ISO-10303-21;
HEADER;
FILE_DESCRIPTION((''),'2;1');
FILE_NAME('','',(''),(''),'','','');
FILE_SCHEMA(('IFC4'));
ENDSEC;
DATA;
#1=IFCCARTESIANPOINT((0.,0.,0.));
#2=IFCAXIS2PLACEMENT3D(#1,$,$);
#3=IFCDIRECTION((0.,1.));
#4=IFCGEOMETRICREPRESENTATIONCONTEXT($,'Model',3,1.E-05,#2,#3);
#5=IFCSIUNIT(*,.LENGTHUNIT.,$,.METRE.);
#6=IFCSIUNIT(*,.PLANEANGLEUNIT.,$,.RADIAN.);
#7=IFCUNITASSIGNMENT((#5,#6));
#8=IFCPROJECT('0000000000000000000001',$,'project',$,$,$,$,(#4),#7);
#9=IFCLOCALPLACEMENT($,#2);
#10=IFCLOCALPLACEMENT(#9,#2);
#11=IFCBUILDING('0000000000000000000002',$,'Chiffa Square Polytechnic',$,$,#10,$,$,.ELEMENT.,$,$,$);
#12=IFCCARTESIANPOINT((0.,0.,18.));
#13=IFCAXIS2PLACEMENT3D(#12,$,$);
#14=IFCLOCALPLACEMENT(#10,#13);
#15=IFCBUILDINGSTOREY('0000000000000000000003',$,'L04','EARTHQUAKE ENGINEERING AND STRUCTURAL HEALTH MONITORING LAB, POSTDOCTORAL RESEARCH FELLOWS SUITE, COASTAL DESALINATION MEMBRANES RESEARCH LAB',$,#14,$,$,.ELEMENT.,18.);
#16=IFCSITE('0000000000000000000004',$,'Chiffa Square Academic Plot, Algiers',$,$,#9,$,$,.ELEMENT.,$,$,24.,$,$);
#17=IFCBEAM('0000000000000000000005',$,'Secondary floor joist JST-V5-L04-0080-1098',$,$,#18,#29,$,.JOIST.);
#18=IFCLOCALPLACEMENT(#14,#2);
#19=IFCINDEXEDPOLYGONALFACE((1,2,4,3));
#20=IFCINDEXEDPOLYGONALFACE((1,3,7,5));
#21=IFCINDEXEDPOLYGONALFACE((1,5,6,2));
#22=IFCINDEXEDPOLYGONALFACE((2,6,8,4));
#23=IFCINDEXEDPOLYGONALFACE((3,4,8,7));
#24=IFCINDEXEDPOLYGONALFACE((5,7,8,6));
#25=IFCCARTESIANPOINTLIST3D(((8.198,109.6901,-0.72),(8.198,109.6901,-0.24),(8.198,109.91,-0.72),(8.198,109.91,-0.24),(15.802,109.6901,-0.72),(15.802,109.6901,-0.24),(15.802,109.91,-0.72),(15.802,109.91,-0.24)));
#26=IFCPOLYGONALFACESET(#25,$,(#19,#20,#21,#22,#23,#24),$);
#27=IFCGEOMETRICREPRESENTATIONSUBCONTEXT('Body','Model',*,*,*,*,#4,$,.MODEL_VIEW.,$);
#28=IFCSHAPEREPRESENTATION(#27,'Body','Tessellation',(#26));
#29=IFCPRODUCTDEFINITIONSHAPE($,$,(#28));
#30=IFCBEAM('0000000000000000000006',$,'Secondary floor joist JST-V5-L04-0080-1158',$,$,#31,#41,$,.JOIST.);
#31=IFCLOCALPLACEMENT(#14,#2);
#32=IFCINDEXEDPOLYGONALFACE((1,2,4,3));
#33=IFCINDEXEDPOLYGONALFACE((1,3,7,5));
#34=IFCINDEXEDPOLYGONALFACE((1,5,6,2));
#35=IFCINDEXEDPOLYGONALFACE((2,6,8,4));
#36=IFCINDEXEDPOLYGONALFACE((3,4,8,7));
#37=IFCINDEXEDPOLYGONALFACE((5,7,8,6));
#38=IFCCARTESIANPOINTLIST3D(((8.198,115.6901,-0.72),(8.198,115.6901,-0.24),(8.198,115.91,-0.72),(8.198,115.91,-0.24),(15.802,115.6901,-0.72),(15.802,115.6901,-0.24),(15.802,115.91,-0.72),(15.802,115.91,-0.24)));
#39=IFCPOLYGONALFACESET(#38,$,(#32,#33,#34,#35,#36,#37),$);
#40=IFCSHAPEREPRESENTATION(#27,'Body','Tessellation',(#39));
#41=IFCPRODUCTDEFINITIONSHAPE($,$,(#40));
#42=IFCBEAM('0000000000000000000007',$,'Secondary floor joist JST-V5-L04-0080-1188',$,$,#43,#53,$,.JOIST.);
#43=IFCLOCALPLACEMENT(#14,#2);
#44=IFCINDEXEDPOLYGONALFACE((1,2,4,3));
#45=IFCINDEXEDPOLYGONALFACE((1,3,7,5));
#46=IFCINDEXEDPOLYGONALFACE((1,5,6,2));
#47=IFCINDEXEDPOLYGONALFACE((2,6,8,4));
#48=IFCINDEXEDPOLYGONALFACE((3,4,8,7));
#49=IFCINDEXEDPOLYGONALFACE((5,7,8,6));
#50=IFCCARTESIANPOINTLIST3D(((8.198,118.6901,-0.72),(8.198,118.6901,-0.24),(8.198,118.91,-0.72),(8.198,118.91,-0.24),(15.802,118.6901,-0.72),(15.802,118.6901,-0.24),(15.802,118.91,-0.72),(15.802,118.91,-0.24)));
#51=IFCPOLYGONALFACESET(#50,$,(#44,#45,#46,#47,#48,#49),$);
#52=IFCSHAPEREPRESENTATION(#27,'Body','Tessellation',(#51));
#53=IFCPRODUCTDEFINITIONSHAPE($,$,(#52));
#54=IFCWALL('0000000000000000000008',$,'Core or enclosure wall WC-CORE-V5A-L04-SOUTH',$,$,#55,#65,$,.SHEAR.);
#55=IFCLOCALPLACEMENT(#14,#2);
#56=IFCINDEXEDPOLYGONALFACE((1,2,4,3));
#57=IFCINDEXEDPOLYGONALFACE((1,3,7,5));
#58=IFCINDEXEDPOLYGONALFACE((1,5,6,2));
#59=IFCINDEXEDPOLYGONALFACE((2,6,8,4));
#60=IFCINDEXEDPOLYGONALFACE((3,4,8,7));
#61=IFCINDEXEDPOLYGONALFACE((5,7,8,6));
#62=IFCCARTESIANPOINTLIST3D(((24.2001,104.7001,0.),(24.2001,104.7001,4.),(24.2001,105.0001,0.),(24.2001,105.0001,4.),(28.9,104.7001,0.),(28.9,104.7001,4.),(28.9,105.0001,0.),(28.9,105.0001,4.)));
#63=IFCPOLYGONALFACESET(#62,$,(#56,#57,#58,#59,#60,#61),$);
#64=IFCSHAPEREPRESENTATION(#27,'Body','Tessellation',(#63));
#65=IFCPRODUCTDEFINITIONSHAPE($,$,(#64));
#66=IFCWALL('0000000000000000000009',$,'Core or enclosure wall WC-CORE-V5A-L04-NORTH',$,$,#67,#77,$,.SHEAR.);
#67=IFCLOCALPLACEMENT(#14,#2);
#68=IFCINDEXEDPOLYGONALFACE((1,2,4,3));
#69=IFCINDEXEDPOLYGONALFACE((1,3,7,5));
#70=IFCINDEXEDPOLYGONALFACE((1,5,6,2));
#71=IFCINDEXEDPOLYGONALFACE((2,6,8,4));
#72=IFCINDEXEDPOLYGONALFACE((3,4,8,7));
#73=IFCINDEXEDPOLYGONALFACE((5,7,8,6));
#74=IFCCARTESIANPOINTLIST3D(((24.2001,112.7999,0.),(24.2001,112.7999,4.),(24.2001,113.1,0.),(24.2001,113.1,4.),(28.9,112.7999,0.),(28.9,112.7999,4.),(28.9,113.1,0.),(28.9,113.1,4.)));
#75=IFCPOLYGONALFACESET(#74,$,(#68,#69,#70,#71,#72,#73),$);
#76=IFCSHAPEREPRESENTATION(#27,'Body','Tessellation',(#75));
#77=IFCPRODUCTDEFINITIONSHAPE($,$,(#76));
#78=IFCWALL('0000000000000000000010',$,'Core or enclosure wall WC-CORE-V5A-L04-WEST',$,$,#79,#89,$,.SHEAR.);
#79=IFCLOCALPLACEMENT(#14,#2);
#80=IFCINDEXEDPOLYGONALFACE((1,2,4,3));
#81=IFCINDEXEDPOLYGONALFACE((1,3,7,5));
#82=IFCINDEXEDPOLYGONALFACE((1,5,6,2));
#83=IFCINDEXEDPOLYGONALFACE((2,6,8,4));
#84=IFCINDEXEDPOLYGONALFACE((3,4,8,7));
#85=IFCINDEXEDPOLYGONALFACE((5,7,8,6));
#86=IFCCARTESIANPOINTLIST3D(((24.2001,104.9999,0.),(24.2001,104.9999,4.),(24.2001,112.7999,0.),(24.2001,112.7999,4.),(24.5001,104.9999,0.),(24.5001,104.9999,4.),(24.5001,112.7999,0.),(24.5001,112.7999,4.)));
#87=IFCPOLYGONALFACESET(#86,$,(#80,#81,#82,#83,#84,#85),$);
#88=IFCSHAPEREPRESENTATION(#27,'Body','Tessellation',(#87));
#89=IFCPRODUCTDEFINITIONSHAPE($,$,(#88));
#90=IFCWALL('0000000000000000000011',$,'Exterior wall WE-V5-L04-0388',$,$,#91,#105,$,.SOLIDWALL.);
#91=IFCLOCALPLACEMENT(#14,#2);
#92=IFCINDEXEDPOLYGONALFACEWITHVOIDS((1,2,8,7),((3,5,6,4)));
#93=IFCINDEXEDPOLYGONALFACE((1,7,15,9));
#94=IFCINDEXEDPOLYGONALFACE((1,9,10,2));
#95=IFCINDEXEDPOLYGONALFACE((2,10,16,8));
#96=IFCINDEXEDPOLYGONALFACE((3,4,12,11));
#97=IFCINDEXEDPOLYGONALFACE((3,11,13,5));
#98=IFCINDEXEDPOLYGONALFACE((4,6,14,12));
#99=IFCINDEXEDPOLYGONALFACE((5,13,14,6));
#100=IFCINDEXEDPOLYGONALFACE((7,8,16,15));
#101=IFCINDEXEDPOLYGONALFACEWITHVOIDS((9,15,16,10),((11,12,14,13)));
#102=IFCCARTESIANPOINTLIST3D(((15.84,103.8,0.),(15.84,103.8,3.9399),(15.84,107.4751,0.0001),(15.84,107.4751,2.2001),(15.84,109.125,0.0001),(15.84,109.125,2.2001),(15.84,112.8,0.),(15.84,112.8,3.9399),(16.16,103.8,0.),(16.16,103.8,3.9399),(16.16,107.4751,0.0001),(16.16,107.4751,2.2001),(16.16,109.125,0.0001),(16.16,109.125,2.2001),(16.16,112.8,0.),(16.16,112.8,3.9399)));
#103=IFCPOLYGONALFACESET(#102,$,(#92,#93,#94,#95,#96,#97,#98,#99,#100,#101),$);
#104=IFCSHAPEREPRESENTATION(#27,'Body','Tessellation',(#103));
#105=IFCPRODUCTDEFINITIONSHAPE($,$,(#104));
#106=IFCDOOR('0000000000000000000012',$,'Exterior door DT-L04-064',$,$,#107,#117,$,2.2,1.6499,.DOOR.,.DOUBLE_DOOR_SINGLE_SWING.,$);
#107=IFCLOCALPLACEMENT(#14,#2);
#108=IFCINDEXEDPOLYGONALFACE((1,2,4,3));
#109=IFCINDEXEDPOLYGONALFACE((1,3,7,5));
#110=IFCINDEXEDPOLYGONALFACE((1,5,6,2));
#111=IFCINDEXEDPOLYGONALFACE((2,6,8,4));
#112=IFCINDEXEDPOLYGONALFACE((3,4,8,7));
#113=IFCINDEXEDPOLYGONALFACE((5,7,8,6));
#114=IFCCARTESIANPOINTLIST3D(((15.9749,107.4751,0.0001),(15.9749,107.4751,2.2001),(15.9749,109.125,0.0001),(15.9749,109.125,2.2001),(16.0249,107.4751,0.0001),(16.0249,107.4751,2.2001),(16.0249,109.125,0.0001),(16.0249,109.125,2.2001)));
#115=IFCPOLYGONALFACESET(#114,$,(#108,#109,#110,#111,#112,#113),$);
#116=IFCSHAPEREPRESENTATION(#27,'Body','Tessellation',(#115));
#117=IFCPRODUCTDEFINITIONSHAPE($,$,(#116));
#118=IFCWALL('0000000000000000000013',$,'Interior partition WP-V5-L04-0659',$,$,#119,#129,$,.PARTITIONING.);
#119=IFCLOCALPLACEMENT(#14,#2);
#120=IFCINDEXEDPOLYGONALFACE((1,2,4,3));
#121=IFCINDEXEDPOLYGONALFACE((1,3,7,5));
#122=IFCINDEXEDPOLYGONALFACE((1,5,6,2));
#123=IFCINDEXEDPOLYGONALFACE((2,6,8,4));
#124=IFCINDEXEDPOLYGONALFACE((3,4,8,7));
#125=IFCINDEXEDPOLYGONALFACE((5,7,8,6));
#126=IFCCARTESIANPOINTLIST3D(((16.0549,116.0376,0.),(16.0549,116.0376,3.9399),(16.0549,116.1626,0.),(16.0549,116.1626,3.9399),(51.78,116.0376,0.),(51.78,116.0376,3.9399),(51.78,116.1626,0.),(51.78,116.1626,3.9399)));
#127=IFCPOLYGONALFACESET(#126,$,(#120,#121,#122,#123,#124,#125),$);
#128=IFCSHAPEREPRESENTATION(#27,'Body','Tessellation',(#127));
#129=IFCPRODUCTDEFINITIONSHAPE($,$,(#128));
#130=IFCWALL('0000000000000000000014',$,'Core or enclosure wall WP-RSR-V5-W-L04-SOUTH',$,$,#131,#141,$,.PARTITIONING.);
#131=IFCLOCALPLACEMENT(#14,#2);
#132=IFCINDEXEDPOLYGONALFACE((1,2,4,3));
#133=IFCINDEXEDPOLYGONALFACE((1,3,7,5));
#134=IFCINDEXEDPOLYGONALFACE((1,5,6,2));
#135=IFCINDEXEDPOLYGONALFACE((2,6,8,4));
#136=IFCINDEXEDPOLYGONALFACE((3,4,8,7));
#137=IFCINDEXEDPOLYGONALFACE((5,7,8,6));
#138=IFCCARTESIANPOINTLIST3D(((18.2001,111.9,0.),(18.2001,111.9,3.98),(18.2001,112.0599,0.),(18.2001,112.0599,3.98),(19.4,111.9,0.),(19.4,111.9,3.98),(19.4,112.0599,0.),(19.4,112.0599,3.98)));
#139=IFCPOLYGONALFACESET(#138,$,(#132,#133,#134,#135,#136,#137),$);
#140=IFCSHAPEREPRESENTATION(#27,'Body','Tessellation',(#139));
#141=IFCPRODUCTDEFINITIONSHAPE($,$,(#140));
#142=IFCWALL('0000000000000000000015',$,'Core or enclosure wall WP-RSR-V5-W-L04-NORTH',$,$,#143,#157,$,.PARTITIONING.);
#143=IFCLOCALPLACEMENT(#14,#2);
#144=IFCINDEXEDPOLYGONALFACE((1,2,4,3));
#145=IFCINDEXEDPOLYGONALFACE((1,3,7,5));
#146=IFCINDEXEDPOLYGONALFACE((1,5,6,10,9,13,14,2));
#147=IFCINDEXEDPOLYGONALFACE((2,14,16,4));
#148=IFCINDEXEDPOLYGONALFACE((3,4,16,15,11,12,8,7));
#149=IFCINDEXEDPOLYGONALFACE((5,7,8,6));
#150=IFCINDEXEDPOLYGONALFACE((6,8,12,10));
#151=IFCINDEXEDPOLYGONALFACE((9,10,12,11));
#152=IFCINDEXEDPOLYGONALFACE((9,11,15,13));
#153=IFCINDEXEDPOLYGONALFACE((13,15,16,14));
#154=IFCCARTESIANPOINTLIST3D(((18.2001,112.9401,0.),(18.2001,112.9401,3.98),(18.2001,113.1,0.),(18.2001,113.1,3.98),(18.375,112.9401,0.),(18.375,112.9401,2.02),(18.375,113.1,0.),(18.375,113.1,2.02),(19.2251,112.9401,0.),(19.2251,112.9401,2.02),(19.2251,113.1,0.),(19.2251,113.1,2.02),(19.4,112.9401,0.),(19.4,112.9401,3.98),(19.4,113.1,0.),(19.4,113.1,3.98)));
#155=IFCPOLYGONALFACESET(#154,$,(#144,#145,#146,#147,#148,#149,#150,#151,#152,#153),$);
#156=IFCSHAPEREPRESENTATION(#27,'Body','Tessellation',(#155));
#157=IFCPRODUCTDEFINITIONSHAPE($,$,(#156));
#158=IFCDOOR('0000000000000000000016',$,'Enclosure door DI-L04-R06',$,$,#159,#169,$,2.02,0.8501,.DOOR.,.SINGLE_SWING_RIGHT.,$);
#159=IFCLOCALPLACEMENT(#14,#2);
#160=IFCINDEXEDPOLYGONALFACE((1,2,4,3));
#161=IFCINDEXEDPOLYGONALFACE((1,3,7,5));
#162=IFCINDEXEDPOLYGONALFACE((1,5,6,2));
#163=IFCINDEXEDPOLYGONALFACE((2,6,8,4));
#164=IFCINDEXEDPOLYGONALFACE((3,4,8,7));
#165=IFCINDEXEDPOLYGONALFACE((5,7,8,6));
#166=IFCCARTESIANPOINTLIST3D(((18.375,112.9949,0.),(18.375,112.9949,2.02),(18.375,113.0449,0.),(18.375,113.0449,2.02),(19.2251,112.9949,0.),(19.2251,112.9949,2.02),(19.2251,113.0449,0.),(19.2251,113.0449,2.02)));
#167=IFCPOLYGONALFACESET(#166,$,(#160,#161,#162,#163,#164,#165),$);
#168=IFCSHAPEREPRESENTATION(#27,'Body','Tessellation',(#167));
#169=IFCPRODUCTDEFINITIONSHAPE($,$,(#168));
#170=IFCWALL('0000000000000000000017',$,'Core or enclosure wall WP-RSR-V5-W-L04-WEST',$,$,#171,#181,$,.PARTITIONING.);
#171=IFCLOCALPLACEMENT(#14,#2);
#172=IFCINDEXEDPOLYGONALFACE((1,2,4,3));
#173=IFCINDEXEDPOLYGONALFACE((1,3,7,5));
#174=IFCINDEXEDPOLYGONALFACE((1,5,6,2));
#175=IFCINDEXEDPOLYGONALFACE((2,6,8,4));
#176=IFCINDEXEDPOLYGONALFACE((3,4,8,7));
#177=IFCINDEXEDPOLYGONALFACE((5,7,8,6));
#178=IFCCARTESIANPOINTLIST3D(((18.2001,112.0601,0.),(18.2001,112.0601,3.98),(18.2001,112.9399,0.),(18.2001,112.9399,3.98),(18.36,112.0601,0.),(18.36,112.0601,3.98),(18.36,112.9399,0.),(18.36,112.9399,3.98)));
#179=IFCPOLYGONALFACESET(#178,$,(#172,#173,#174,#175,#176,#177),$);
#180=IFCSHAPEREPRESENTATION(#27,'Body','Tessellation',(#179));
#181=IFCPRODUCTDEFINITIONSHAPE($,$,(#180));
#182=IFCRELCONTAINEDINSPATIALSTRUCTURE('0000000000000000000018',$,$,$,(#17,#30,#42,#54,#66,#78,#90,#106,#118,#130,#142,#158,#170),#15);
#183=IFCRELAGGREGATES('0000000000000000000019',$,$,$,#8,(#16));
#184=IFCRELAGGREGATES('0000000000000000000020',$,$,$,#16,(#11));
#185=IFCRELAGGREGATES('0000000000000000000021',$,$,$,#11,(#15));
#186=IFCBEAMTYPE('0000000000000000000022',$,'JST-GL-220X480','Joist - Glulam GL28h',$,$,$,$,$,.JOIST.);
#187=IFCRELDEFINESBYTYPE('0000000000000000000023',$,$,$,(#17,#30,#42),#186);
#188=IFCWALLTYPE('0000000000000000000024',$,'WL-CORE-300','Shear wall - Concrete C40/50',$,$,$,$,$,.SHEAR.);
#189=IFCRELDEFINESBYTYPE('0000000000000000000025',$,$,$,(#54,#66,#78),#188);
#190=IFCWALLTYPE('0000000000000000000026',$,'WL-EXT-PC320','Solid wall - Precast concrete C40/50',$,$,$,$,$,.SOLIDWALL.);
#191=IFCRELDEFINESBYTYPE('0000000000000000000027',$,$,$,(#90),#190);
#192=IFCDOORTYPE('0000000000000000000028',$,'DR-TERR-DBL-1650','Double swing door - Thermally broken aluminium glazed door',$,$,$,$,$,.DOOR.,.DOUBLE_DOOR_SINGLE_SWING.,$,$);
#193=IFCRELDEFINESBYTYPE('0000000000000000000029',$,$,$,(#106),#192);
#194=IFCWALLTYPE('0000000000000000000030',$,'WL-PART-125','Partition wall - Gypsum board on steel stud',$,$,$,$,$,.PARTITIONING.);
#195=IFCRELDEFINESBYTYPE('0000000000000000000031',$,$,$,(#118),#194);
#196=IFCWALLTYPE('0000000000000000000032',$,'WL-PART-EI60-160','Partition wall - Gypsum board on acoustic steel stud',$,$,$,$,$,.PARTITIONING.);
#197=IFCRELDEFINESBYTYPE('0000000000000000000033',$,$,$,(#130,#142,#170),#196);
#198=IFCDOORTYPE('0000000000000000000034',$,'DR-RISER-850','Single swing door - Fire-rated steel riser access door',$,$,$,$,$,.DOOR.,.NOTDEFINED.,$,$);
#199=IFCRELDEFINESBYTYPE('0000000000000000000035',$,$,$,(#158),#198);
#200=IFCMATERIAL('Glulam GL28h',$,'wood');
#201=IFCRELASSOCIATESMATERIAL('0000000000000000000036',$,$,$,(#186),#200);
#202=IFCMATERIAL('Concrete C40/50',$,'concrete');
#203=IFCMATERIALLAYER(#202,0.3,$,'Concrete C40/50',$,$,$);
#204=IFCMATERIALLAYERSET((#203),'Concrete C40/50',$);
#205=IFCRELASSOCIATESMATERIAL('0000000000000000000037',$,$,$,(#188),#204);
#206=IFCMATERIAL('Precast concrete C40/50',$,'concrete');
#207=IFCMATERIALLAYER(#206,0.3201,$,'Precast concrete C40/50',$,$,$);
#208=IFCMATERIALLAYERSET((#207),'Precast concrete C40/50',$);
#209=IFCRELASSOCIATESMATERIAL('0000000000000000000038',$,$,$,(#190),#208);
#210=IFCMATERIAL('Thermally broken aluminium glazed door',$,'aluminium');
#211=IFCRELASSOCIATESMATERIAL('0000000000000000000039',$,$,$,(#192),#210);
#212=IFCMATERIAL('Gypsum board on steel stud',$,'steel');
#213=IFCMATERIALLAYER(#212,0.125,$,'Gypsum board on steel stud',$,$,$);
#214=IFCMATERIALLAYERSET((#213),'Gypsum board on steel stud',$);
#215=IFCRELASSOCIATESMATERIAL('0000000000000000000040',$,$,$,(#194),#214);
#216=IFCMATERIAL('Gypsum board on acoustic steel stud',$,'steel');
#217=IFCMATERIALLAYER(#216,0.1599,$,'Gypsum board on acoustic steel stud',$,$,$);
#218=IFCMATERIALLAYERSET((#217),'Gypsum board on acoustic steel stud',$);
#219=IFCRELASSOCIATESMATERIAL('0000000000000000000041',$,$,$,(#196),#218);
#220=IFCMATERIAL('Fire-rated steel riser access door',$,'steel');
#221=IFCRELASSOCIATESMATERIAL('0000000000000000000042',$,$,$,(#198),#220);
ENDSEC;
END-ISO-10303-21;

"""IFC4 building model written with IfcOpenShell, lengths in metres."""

from ifc_helpers import new_model, si_unit, direction, frame, frame_2d, origin, origin_2d, place, context, subcontext, project, spatial, rectangle, extrude, material, layer, layer_set, material_profile, profile_set, type_object, element, fill, save


model = new_model("IFC4")

# Units and contexts
model_context = context("Model", 3, precision=1e-05, world=origin(), true_north=direction((0.0, 1.0)))
body_context = subcontext(model_context, "Body", "Model", "MODEL_VIEW")
ifc_project = project(units=[si_unit("LENGTHUNIT", "METRE"), si_unit("PLANEANGLEUNIT", "RADIAN")], contexts=[model_context])

# Site, building, storey
site_placement = place(None, origin())
site = spatial("IfcSite", under=ifc_project, at=site_placement, Name="Chiffa Square Academic Plot, Algiers", CompositionType="ELEMENT", RefElevation=24.0)
building_placement = place(site_placement, origin())
building = spatial("IfcBuilding", under=site, at=building_placement, Name="Chiffa Square Polytechnic", CompositionType="ELEMENT")
storey_placement = place(building_placement, frame((0.0, 0.0, 18.0)))
storey = spatial("IfcBuildingStorey", under=building, at=storey_placement, Name="L04", Description="EARTHQUAKE ENGINEERING AND STRUCTURAL HEALTH MONITORING LAB, POSTDOCTORAL RESEARCH FELLOWS SUITE, COASTAL DESALINATION MEMBRANES RESEARCH LAB", CompositionType="ELEMENT", Elevation=18.0)

# Beams
ifc_material_1 = material(Name="Glulam GL28h", Category="wood")
ifc_material_profile_1 = material_profile(ifc_material_1, rectangle(XDim=0.22, YDim=0.48, at=origin_2d()), Name="GL28h 220x480")
ifc_profile_set_1 = profile_set([ifc_material_profile_1], Name="Glulam GL28h")
beam_type_1 = type_object("IfcBeamType", Name="JST-GL-220X480", Description="Joist - Glulam GL28h", PredefinedType="JOIST", material=ifc_profile_set_1)
for number, where, z_axis, x_axis, name in (
    (1, (8.198, 109.8, -0.48), (1.0, 0.0, 0.0), (0.0, 1.0, 0.0), "Secondary floor joist JST-V5-L04-0080-1098"),
    (2, (8.198, 115.8, -0.48), (1.0, 0.0, 0.0), (0.0, 1.0, 0.0), "Secondary floor joist JST-V5-L04-0080-1158"),
    (3, (8.198, 118.8, -0.48), (1.0, 0.0, 0.0), (0.0, 1.0, 0.0), "Secondary floor joist JST-V5-L04-0080-1188"),
):
    element("IfcBeam", number, at=place(storey_placement, frame(where, z_axis=z_axis, x_axis=x_axis)), inside=storey, type_object=beam_type_1, Name=name, PredefinedType="JOIST", context=body_context, shape_type="SweptSolid", body=[
        extrude(rectangle(XDim=0.22, YDim=0.48, at=origin_2d()), origin(), (0.0, 0.0, 1.0), 7.604),
    ])

# Walls
ifc_material_2 = material(Name="Concrete C40/50", Category="concrete")
ifc_layer_1 = layer(ifc_material_2, 0.3, Name="Concrete C40/50")
ifc_layer_set_1 = layer_set([ifc_layer_1], Name="Concrete C40/50")
wall_type_1 = type_object("IfcWallType", Name="WL-CORE-300", Description="Shear wall - Concrete C40/50", PredefinedType="SHEAR", material=ifc_layer_set_1)
for number, where, z_axis, x_axis, name in (
    (4, (24.2, 104.8501, 0.0), (0.0, 0.0, 1.0), (1.0, 0.0, 0.0), "Core or enclosure wall WC-CORE-V5A-L04-SOUTH"),
    (5, (24.2, 112.95, 0.0), (0.0, 0.0, 1.0), (1.0, 0.0, 0.0), "Core or enclosure wall WC-CORE-V5A-L04-NORTH"),
):
    element("IfcWall", number, at=place(storey_placement, frame(where, z_axis=z_axis, x_axis=x_axis)), inside=storey, type_object=wall_type_1, Name=name, PredefinedType="SHEAR", context=body_context, shape_type="SweptSolid", body=[
        extrude(rectangle(XDim=4.7, YDim=0.3, at=frame_2d((2.3501, 0.0))), origin(), (0.0, 0.0, 1.0), 4.0),
    ])
wall_1_placement = place(storey_placement, frame((24.3501, 105.0, 0.0), z_axis=(0.0, 0.0, 1.0), x_axis=(0.0, 1.0, 0.0)))
element("IfcWall", 6, at=wall_1_placement, inside=storey, type_object=wall_type_1, Name="Core or enclosure wall WC-CORE-V5A-L04-WEST", PredefinedType="SHEAR", context=body_context, shape_type="SweptSolid", body=[
    extrude(rectangle(XDim=7.8, YDim=0.3, at=frame_2d((3.8999, 0.0))), origin(), (0.0, 0.0, 1.0), 4.0),
])

# Wall, opening, door
ifc_material_3 = material(Name="Precast concrete C40/50", Category="concrete")
ifc_layer_2 = layer(ifc_material_3, 0.3201, Name="Precast concrete C40/50")
ifc_layer_set_2 = layer_set([ifc_layer_2], Name="Precast concrete C40/50")
wall_type_2 = type_object("IfcWallType", Name="WL-EXT-PC320", Description="Solid wall - Precast concrete C40/50", PredefinedType="SOLIDWALL", material=ifc_layer_set_2)
wall_2_placement = place(storey_placement, frame((16.0, 112.8, 0.0), z_axis=(0.0, 0.0, 1.0), x_axis=(0.0, -1.0, 0.0)))
wall_2 = element("IfcWall", 7, at=wall_2_placement, inside=storey, type_object=wall_type_2, Name="Exterior wall WE-V5-L04-0388", PredefinedType="SOLIDWALL", context=body_context, shape_type="SweptSolid", body=[
    extrude(rectangle(XDim=9.0, YDim=0.3201, at=frame_2d((4.5, 0.0))), origin(), (0.0, 0.0, 1.0), 3.9399),
])
opening_1_placement = place(wall_2_placement, frame((3.675, 0.0, 0.0)))
opening_1 = element("IfcOpeningElement", 8, at=opening_1_placement, cuts=wall_2, PredefinedType="OPENING", context=body_context, shape_type="SweptSolid", body=[
    extrude(rectangle(XDim=1.6499, YDim=2.2, at=frame_2d((0.825, 1.1001))), frame((0.0, 0.1699, 0.0), z_axis=(0.0, -1.0, 0.0), x_axis=(1.0, 0.0, 0.0)), (0.0, 0.0, 1.0), 0.3401),
])
ifc_material_4 = material(Name="Thermally broken aluminium glazed door", Category="aluminium")
door_type_1 = type_object("IfcDoorType", Name="DR-TERR-DBL-1650", Description="Double swing door - Thermally broken aluminium glazed door", OperationType="DOUBLE_DOOR_SINGLE_SWING", PredefinedType="DOOR", material=ifc_material_4)
door_1_placement = place(opening_1_placement, origin())
door_1 = element("IfcDoor", 9, at=door_1_placement, inside=storey, type_object=door_type_1, Name="Exterior door DT-L04-064", OperationType="DOUBLE_DOOR_SINGLE_SWING", OverallHeight=2.2, OverallWidth=1.6499, PredefinedType="DOOR", context=body_context, shape_type="SweptSolid", body=[
    extrude(rectangle(XDim=1.6499, YDim=2.2, at=frame_2d((0.825, 1.1001))), frame((0.0, 0.0249, 0.0), z_axis=(0.0, -1.0, 0.0), x_axis=(1.0, 0.0, 0.0)), (0.0, 0.0, 1.0), 0.05),
])
fill(opening_1, door_1)

# Walls
ifc_material_5 = material(Name="Gypsum board on steel stud", Category="steel")
ifc_layer_3 = layer(ifc_material_5, 0.125, Name="Gypsum board on steel stud")
ifc_layer_set_3 = layer_set([ifc_layer_3], Name="Gypsum board on steel stud")
wall_type_3 = type_object("IfcWallType", Name="WL-PART-125", Description="Partition wall - Gypsum board on steel stud", PredefinedType="PARTITIONING", material=ifc_layer_set_3)
wall_3_placement = place(storey_placement, frame((16.0549, 116.1001, 0.0), z_axis=(0.0, 0.0, 1.0), x_axis=(1.0, 0.0, 0.0)))
element("IfcWall", 10, at=wall_3_placement, inside=storey, type_object=wall_type_3, Name="Interior partition WP-V5-L04-0659", PredefinedType="PARTITIONING", context=body_context, shape_type="SweptSolid", body=[
    extrude(rectangle(XDim=35.7251, YDim=0.125, at=frame_2d((17.8625, 0.0))), origin(), (0.0, 0.0, 1.0), 3.9399),
])
ifc_material_6 = material(Name="Gypsum board on acoustic steel stud", Category="steel")
ifc_layer_4 = layer(ifc_material_6, 0.1599, Name="Gypsum board on acoustic steel stud")
ifc_layer_set_4 = layer_set([ifc_layer_4], Name="Gypsum board on acoustic steel stud")
wall_type_4 = type_object("IfcWallType", Name="WL-PART-EI60-160", Description="Partition wall - Gypsum board on acoustic steel stud", PredefinedType="PARTITIONING", material=ifc_layer_set_4)
wall_4_placement = place(storey_placement, frame((18.2, 111.98, 0.0), z_axis=(0.0, 0.0, 1.0), x_axis=(1.0, 0.0, 0.0)))
element("IfcWall", 11, at=wall_4_placement, inside=storey, type_object=wall_type_4, Name="Core or enclosure wall WP-RSR-V5-W-L04-SOUTH", PredefinedType="PARTITIONING", context=body_context, shape_type="SweptSolid", body=[
    extrude(rectangle(XDim=1.2, YDim=0.1599, at=frame_2d((0.6001, 0.0))), origin(), (0.0, 0.0, 1.0), 3.98),
])

# Wall, opening, door
wall_5_placement = place(storey_placement, frame((18.2, 113.02, 0.0), z_axis=(0.0, 0.0, 1.0), x_axis=(1.0, 0.0, 0.0)))
wall_5 = element("IfcWall", 12, at=wall_5_placement, inside=storey, type_object=wall_type_4, Name="Core or enclosure wall WP-RSR-V5-W-L04-NORTH", PredefinedType="PARTITIONING", context=body_context, shape_type="SweptSolid", body=[
    extrude(rectangle(XDim=1.2, YDim=0.1599, at=frame_2d((0.6001, 0.0))), origin(), (0.0, 0.0, 1.0), 3.98),
])
opening_2_placement = place(wall_5_placement, frame((0.175, 0.0, 0.0)))
opening_2 = element("IfcOpeningElement", 13, at=opening_2_placement, cuts=wall_5, PredefinedType="OPENING", context=body_context, shape_type="SweptSolid", body=[
    extrude(rectangle(XDim=0.8501, YDim=2.02, at=frame_2d((0.425, 1.01))), frame((0.0, 0.0898, 0.0), z_axis=(0.0, -1.0, 0.0), x_axis=(1.0, 0.0, 0.0)), (0.0, 0.0, 1.0), 0.1799),
])
ifc_material_7 = material(Name="Fire-rated steel riser access door", Category="steel")
door_type_2 = type_object("IfcDoorType", Name="DR-RISER-850", Description="Single swing door - Fire-rated steel riser access door", OperationType="NOTDEFINED", PredefinedType="DOOR", material=ifc_material_7)
door_2_placement = place(opening_2_placement, origin())
door_2 = element("IfcDoor", 14, at=door_2_placement, inside=storey, type_object=door_type_2, Name="Enclosure door DI-L04-R06", OperationType="SINGLE_SWING_RIGHT", OverallHeight=2.02, OverallWidth=0.8501, PredefinedType="DOOR", context=body_context, shape_type="SweptSolid", body=[
    extrude(rectangle(XDim=0.8501, YDim=2.02, at=frame_2d((0.425, 1.01))), frame((0.0, 0.0249, 0.0), z_axis=(0.0, -1.0, 0.0), x_axis=(1.0, 0.0, 0.0)), (0.0, 0.0, 1.0), 0.05),
])
fill(opening_2, door_2)

# Wall
for number, where, z_axis, x_axis, name in (
    (15, (18.28, 112.0601, 0.0), (0.0, 0.0, 1.0), (0.0, 1.0, 0.0), "Core or enclosure wall WP-RSR-V5-W-L04-WEST"),
):
    element("IfcWall", number, at=place(storey_placement, frame(where, z_axis=z_axis, x_axis=x_axis)), inside=storey, type_object=wall_type_4, Name=name, PredefinedType="PARTITIONING", context=body_context, shape_type="SweptSolid", body=[
        extrude(rectangle(XDim=0.8799, YDim=0.1599, at=frame_2d((0.4399, 0.0))), origin(), (0.0, 0.0, 1.0), 3.98),
    ])

save(model, "model.ifc")
